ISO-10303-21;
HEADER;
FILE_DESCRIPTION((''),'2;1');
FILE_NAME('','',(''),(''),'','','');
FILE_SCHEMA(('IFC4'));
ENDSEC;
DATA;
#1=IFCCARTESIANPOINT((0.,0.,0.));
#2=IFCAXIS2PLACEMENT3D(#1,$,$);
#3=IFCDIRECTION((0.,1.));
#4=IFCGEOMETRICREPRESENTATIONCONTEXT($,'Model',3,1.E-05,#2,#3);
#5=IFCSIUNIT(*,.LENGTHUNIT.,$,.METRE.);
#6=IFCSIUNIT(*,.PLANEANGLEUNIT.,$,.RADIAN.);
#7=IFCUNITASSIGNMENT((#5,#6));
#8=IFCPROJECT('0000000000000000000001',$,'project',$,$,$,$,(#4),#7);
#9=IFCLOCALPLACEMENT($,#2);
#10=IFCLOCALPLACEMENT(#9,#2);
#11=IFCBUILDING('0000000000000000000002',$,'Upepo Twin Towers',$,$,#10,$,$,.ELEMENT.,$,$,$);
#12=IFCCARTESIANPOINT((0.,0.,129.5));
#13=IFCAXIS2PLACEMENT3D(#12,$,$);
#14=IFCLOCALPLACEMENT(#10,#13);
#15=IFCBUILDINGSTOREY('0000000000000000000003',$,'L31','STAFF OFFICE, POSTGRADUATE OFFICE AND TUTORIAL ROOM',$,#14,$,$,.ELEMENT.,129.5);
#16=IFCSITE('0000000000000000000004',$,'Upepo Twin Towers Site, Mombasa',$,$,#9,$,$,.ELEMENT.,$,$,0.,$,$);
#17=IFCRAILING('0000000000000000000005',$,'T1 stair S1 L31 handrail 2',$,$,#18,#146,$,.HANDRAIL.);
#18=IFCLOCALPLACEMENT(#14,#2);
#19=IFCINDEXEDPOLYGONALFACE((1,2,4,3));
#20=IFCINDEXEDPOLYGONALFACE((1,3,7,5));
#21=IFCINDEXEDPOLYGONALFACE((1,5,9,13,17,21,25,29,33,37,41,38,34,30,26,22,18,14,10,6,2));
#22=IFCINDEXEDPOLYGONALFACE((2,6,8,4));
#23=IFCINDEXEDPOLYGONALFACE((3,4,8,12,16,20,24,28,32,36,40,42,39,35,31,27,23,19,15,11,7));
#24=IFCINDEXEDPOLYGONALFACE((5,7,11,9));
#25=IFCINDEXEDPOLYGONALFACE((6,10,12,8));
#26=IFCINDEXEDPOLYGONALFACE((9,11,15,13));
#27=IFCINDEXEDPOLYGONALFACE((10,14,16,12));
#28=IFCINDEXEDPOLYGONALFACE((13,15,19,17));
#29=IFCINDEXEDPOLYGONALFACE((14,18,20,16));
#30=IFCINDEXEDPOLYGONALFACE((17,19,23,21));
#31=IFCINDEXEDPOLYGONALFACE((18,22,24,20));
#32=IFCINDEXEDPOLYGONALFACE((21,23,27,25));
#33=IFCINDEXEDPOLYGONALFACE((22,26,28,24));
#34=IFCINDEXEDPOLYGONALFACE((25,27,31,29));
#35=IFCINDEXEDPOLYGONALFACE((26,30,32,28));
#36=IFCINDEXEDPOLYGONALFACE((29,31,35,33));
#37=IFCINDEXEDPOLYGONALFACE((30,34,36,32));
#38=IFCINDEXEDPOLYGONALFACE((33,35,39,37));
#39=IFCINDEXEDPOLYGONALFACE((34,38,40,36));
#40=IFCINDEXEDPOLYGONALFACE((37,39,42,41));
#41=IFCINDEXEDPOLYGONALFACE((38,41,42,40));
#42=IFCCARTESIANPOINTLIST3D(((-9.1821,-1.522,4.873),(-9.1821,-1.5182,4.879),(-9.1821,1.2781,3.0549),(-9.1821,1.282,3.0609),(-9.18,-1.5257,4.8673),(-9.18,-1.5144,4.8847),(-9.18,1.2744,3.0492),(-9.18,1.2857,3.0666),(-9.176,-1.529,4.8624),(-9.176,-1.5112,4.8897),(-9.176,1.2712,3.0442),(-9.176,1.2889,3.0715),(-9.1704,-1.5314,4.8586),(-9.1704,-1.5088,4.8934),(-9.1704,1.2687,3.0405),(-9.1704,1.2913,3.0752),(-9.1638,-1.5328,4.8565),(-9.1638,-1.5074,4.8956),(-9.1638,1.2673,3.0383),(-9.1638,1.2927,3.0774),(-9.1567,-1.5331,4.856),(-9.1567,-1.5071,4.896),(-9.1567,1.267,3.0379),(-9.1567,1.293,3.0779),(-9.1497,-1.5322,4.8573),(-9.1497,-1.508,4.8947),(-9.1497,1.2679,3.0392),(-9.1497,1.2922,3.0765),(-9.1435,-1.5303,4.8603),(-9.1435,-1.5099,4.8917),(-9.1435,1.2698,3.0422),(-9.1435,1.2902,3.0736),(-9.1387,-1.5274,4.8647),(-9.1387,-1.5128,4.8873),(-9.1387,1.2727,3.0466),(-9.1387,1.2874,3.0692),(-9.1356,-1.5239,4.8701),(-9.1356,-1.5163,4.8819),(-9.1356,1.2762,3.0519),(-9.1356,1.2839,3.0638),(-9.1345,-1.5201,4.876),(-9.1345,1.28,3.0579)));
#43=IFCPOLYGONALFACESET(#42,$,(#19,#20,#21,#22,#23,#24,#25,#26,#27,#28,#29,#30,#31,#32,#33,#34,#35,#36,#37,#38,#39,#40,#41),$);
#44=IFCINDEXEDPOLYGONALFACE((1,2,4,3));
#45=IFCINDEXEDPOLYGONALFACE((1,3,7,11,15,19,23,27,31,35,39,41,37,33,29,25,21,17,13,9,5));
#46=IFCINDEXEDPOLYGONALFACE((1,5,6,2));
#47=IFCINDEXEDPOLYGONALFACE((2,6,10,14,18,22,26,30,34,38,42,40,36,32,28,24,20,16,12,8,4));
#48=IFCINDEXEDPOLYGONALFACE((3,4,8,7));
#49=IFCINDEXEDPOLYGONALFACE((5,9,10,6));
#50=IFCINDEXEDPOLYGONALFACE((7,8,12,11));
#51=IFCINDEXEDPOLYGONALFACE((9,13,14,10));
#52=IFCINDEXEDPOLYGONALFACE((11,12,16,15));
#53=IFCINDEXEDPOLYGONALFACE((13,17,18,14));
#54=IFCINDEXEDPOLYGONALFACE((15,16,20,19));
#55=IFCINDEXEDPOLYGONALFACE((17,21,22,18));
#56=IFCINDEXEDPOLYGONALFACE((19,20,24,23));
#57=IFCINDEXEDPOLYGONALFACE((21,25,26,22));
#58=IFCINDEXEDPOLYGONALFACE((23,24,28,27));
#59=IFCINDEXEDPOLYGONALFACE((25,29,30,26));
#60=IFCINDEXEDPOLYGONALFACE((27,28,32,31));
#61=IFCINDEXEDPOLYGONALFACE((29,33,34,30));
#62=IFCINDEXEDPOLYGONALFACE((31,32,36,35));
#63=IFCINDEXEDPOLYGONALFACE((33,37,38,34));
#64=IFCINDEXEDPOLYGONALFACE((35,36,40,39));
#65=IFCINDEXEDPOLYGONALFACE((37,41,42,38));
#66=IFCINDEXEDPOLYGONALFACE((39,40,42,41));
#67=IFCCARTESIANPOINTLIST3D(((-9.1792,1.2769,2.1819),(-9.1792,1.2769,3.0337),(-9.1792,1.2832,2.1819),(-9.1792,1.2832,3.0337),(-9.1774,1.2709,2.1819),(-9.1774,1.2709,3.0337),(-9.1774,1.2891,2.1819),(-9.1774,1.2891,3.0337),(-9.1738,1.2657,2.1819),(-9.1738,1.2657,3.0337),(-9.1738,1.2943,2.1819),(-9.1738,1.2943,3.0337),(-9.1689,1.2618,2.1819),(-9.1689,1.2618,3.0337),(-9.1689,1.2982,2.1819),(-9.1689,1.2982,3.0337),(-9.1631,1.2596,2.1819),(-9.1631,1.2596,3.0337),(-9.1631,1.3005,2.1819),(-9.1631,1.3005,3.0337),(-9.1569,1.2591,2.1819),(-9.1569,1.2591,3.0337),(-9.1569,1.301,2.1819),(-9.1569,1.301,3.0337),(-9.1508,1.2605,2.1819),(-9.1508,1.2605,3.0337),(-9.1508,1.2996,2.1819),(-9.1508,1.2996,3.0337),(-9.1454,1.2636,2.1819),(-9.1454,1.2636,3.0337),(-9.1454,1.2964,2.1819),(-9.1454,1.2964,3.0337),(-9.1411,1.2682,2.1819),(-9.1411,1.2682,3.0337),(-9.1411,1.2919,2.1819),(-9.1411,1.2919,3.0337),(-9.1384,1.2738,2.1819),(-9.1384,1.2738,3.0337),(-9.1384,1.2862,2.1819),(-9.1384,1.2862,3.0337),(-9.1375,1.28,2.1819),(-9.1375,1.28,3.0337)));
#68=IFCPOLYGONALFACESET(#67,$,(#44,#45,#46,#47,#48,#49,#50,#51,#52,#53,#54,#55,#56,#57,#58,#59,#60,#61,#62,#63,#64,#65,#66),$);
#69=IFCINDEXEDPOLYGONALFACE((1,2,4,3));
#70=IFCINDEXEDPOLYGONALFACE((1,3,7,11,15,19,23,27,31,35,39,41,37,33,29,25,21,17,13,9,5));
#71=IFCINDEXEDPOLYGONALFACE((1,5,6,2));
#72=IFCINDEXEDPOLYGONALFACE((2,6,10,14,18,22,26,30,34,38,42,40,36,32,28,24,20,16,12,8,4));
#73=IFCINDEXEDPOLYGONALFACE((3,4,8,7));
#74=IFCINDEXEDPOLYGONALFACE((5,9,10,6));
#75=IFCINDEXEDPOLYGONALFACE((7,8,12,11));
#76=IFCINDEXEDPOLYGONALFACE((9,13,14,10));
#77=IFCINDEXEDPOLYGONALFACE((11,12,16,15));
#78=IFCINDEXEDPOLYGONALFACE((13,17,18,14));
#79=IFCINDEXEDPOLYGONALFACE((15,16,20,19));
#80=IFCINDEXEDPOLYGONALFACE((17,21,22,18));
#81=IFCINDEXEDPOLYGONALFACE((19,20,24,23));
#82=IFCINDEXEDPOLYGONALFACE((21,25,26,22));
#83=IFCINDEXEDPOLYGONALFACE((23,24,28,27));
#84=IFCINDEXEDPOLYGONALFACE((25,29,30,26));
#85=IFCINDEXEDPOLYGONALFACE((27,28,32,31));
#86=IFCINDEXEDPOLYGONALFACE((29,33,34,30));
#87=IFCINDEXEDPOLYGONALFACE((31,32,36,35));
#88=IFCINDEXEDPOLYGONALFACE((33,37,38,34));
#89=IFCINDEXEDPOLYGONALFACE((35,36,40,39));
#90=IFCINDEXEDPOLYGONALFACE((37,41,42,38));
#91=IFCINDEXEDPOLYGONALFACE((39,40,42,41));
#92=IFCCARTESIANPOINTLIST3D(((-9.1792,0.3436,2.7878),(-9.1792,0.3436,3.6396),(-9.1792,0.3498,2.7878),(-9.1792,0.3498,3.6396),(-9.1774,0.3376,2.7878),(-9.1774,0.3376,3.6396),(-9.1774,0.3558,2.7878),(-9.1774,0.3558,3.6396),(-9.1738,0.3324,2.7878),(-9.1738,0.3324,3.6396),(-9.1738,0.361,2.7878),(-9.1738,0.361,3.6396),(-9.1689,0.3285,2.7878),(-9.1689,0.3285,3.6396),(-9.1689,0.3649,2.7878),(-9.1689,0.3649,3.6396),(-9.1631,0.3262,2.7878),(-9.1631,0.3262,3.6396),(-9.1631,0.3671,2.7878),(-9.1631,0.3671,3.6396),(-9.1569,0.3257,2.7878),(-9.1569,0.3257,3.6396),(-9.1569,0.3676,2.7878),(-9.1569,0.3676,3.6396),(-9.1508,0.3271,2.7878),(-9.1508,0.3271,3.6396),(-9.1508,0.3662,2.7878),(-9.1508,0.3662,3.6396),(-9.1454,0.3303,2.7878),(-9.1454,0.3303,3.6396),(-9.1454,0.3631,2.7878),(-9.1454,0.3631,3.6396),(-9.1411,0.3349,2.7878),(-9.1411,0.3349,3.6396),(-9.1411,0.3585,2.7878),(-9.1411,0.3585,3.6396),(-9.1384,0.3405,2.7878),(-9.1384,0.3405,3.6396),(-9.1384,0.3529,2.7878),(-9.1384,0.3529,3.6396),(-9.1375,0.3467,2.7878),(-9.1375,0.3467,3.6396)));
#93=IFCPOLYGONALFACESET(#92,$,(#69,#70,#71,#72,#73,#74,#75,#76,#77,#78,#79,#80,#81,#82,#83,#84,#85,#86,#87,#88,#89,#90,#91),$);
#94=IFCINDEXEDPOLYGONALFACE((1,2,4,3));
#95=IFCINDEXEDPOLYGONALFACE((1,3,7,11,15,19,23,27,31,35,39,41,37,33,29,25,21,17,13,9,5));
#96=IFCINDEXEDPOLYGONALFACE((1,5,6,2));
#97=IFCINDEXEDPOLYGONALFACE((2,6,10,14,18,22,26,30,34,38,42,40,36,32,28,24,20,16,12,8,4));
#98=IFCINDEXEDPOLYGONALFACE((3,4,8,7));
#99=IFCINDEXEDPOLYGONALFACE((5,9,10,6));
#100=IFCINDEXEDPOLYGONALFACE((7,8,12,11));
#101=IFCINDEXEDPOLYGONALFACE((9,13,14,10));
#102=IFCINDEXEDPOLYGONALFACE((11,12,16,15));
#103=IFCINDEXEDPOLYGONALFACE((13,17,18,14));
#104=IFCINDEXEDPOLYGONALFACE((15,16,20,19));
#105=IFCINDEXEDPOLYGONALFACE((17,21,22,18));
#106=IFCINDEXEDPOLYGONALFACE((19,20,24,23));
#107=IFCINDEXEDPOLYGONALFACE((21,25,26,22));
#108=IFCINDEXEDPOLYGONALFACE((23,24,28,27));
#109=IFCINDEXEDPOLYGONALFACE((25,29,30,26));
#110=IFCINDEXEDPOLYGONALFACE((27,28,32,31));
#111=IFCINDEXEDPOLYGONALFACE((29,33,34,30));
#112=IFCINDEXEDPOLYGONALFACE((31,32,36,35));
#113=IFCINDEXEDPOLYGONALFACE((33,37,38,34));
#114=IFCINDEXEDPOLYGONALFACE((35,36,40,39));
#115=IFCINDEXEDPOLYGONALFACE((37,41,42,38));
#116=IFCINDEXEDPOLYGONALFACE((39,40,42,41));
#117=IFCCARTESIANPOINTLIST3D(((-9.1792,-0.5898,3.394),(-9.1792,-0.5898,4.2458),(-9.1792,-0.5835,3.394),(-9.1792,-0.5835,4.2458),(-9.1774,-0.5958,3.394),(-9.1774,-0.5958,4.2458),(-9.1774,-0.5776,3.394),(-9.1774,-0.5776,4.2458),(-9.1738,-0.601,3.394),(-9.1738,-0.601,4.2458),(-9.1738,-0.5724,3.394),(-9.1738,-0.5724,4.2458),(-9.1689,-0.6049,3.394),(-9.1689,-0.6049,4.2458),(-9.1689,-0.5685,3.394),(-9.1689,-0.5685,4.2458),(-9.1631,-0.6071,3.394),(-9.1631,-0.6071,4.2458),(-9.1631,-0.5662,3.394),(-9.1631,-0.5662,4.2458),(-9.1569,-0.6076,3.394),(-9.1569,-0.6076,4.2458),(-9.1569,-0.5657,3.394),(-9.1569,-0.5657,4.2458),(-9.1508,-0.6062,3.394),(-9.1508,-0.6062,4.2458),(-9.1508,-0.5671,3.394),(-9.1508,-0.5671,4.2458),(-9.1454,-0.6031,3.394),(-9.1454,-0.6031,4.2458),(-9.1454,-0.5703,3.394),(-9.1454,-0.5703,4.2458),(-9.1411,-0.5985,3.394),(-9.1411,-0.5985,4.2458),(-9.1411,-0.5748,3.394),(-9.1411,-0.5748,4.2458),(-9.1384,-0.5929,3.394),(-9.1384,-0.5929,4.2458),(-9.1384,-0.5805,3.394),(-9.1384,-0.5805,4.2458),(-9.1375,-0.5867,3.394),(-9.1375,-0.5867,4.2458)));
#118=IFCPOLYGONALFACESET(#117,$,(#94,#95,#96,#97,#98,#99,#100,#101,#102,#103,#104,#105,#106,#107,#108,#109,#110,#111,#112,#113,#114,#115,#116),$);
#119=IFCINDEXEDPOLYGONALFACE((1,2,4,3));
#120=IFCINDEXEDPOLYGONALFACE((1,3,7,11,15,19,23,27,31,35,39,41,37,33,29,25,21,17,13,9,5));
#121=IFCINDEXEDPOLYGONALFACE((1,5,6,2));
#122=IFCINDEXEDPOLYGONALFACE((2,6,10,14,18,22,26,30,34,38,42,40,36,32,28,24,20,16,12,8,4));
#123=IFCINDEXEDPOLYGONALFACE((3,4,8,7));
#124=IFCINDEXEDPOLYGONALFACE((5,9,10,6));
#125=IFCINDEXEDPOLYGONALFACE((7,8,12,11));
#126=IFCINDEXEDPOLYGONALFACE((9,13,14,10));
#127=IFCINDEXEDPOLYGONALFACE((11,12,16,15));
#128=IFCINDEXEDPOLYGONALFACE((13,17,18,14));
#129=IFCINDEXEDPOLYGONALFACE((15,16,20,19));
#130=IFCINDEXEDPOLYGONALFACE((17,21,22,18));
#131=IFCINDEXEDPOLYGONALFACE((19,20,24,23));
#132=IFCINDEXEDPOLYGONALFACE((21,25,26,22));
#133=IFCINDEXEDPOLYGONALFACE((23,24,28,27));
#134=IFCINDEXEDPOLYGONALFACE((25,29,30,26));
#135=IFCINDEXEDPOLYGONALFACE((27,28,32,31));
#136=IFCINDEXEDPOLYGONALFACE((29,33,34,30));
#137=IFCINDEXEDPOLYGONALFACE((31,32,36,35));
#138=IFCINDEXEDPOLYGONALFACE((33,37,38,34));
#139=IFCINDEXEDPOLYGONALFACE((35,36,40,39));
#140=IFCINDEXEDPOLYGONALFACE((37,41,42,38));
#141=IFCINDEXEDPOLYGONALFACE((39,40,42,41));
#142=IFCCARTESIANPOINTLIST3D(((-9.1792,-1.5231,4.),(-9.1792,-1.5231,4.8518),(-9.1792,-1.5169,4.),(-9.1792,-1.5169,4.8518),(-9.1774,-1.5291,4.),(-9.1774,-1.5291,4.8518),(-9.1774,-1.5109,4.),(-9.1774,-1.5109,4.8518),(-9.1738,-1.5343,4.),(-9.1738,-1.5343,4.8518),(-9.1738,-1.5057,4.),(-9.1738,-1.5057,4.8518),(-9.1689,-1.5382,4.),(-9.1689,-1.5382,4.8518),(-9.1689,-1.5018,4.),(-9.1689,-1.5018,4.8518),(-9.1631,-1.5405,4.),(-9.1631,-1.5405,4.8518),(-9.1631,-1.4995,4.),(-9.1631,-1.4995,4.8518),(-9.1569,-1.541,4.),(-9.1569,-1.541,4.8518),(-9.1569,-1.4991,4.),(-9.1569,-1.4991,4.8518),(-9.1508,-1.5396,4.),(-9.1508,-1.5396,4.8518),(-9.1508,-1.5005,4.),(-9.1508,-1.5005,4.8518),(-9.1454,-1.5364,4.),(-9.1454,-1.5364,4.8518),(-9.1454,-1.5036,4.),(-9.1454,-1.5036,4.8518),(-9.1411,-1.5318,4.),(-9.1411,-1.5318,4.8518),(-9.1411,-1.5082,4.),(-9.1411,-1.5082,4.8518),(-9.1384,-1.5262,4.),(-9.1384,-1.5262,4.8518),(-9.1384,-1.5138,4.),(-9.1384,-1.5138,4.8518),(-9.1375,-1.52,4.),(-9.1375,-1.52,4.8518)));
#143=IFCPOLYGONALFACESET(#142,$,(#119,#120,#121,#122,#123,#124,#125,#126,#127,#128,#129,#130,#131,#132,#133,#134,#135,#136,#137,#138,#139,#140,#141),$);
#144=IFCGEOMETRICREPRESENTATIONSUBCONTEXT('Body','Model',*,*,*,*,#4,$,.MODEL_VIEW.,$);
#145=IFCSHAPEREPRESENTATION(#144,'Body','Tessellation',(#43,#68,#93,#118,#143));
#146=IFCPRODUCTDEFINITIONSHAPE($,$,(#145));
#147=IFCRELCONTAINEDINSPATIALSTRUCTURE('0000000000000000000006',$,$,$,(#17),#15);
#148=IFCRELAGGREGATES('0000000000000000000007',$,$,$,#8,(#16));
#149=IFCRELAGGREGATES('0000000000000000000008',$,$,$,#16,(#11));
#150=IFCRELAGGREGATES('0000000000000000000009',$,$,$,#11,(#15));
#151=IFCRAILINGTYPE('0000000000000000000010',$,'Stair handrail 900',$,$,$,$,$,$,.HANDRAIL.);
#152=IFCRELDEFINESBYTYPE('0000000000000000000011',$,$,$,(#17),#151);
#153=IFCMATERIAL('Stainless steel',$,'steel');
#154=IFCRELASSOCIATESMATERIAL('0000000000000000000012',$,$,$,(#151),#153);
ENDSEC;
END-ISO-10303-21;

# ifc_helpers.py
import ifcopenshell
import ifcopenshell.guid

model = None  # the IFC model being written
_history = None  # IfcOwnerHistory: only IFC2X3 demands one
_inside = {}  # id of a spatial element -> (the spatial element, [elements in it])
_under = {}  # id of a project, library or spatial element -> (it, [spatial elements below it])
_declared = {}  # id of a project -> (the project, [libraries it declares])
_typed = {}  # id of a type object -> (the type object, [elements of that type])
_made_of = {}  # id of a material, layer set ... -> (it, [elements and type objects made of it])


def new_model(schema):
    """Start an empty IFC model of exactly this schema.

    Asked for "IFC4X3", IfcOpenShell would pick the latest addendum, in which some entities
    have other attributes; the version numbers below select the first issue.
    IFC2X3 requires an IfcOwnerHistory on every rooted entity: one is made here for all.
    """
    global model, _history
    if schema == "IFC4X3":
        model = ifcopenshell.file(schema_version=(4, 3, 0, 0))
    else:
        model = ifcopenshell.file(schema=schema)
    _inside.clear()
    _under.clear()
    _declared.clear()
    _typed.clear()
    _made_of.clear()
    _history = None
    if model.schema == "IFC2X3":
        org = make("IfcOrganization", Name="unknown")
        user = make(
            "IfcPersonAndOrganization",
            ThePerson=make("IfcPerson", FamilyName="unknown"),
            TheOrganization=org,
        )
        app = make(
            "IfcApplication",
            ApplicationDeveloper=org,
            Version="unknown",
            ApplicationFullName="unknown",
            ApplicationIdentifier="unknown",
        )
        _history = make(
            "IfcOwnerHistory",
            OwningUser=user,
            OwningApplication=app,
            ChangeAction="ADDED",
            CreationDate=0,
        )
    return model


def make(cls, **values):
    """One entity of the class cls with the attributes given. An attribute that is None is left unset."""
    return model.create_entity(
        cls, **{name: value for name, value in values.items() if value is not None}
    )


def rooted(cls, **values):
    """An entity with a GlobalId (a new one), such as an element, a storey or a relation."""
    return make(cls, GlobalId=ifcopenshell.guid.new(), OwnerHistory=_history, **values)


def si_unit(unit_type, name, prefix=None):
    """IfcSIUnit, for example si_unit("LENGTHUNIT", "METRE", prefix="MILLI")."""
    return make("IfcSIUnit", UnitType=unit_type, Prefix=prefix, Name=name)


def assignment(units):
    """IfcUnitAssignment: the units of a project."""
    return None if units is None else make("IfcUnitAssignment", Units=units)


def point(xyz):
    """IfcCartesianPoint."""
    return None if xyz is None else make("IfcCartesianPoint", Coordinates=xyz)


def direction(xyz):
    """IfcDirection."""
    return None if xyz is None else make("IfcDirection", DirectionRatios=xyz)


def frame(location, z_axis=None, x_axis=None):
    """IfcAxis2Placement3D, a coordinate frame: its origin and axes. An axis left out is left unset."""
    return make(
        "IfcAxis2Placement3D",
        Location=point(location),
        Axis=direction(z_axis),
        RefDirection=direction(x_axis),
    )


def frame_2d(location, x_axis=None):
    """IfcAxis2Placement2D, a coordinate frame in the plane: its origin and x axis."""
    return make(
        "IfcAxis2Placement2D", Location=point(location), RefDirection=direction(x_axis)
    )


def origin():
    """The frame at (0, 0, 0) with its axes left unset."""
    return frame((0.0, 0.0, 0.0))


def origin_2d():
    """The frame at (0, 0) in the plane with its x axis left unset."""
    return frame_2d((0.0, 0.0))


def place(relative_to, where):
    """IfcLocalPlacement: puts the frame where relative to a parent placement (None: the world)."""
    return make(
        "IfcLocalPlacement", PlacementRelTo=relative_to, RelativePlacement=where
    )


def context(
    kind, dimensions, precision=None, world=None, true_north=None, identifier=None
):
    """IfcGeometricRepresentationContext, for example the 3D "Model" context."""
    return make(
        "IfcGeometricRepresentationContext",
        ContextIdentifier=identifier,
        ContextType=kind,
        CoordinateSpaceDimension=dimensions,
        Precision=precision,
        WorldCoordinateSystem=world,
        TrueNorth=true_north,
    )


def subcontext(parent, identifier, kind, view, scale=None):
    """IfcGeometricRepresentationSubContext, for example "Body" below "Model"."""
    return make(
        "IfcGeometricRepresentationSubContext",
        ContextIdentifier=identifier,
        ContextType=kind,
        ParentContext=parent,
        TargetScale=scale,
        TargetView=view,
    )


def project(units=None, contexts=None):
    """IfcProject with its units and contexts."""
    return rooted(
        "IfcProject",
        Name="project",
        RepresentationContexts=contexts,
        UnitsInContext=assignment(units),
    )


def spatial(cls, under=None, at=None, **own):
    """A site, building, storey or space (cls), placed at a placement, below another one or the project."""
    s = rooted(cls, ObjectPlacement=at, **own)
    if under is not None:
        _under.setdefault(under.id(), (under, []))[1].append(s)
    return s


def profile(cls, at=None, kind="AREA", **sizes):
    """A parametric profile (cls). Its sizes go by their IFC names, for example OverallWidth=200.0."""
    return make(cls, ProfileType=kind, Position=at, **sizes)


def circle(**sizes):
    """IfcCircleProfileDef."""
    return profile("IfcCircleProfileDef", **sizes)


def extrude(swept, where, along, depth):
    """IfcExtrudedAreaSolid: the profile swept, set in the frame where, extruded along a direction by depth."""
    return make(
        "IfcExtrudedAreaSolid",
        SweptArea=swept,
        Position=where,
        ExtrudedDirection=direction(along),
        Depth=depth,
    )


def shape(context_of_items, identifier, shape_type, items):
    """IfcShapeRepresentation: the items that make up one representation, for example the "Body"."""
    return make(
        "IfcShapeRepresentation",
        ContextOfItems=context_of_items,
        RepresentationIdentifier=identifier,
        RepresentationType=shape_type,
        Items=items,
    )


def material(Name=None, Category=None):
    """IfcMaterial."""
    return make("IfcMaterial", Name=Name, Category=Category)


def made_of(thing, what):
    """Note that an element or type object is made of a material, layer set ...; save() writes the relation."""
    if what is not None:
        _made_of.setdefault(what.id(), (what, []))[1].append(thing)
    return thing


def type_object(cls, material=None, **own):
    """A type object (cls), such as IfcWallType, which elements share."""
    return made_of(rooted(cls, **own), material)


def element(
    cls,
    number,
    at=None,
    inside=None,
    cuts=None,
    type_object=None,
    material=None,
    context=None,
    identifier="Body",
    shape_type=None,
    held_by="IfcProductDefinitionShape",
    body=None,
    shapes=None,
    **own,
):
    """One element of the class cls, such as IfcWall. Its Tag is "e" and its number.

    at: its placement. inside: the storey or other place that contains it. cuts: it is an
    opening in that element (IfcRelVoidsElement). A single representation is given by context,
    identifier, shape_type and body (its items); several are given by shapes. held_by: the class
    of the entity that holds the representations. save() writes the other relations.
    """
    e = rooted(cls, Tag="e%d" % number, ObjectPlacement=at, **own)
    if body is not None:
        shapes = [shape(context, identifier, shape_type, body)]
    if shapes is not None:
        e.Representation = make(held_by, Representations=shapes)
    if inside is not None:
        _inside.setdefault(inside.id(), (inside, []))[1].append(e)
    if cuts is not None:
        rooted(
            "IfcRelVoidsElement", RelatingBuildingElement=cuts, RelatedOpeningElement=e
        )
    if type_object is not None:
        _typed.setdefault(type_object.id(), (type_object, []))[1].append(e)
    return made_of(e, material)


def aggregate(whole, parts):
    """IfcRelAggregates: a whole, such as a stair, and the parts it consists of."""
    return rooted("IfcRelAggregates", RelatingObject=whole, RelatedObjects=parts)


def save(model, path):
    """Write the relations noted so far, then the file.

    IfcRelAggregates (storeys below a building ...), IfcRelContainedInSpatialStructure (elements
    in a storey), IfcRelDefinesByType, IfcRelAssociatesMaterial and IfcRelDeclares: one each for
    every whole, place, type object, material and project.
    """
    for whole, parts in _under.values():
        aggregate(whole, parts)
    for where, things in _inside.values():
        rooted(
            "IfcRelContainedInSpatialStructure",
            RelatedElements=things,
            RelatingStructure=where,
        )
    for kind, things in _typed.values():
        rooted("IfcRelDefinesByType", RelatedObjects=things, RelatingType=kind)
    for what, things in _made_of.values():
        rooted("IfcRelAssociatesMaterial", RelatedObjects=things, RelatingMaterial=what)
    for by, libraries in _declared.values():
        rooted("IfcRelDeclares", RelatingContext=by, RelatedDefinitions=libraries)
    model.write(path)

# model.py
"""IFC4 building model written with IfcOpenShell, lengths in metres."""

from ifc_helpers import new_model, si_unit, direction, frame, origin, origin_2d, place, context, subcontext, project, spatial, circle, extrude, material, type_object, element, save


model = new_model("IFC4")

# Units and contexts
model_context = context("Model", 3, precision=1e-05, world=origin(), true_north=direction((0.0, 1.0)))
body_context = subcontext(model_context, "Body", "Model", "MODEL_VIEW")
ifc_project = project(units=[si_unit("LENGTHUNIT", "METRE"), si_unit("PLANEANGLEUNIT", "RADIAN")], contexts=[model_context])

# Site, building, storey
site_placement = place(None, origin())
site = spatial("IfcSite", under=ifc_project, at=site_placement, Name="Upepo Twin Towers Site, Mombasa", CompositionType="ELEMENT", RefElevation=0.0)
building_placement = place(site_placement, origin())
building = spatial("IfcBuilding", under=site, at=building_placement, Name="Upepo Twin Towers", CompositionType="ELEMENT")
storey_placement = place(building_placement, frame((0.0, 0.0, 129.5)))
storey = spatial("IfcBuildingStorey", under=building, at=storey_placement, Name="L31", Description="STAFF OFFICE, POSTGRADUATE OFFICE AND TUTORIAL ROOM", CompositionType="ELEMENT", Elevation=129.5)

# Railing
ifc_material_1 = material(Name="Stainless steel", Category="steel")
railing_type = type_object("IfcRailingType", Name="Stair handrail 900", PredefinedType="HANDRAIL", material=ifc_material_1)
railing_1_placement = place(storey_placement, frame((-9.1584, 1.28, 2.1819)))
element("IfcRailing", 1, at=railing_1_placement, inside=storey, type_object=railing_type, Name="T1 stair S1 L31 handrail 2", PredefinedType="HANDRAIL", context=body_context, shape_type="SweptSolid", body=[
    extrude(circle(Radius=0.0239, at=origin_2d()), frame((0.0, 0.0, 0.876), z_axis=(0.0, -0.838706, 0.544585), x_axis=(1.0, 0.0, 0.0)), (0.0, 0.0, 1.0), 3.3386),
    extrude(circle(Radius=0.021, at=origin_2d()), origin(), (0.0, 0.0, 1.0), 0.8518),
    extrude(circle(Radius=0.021, at=origin_2d()), frame((0.0, -0.9333, 0.606)), (0.0, 0.0, 1.0), 0.8518),
    extrude(circle(Radius=0.021, at=origin_2d()), frame((0.0, -1.8667, 1.2122)), (0.0, 0.0, 1.0), 0.8518),
    extrude(circle(Radius=0.021, at=origin_2d()), frame((0.0, -2.8, 1.8181)), (0.0, 0.0, 1.0), 0.8518),
])

save(model, "model.ifc")
